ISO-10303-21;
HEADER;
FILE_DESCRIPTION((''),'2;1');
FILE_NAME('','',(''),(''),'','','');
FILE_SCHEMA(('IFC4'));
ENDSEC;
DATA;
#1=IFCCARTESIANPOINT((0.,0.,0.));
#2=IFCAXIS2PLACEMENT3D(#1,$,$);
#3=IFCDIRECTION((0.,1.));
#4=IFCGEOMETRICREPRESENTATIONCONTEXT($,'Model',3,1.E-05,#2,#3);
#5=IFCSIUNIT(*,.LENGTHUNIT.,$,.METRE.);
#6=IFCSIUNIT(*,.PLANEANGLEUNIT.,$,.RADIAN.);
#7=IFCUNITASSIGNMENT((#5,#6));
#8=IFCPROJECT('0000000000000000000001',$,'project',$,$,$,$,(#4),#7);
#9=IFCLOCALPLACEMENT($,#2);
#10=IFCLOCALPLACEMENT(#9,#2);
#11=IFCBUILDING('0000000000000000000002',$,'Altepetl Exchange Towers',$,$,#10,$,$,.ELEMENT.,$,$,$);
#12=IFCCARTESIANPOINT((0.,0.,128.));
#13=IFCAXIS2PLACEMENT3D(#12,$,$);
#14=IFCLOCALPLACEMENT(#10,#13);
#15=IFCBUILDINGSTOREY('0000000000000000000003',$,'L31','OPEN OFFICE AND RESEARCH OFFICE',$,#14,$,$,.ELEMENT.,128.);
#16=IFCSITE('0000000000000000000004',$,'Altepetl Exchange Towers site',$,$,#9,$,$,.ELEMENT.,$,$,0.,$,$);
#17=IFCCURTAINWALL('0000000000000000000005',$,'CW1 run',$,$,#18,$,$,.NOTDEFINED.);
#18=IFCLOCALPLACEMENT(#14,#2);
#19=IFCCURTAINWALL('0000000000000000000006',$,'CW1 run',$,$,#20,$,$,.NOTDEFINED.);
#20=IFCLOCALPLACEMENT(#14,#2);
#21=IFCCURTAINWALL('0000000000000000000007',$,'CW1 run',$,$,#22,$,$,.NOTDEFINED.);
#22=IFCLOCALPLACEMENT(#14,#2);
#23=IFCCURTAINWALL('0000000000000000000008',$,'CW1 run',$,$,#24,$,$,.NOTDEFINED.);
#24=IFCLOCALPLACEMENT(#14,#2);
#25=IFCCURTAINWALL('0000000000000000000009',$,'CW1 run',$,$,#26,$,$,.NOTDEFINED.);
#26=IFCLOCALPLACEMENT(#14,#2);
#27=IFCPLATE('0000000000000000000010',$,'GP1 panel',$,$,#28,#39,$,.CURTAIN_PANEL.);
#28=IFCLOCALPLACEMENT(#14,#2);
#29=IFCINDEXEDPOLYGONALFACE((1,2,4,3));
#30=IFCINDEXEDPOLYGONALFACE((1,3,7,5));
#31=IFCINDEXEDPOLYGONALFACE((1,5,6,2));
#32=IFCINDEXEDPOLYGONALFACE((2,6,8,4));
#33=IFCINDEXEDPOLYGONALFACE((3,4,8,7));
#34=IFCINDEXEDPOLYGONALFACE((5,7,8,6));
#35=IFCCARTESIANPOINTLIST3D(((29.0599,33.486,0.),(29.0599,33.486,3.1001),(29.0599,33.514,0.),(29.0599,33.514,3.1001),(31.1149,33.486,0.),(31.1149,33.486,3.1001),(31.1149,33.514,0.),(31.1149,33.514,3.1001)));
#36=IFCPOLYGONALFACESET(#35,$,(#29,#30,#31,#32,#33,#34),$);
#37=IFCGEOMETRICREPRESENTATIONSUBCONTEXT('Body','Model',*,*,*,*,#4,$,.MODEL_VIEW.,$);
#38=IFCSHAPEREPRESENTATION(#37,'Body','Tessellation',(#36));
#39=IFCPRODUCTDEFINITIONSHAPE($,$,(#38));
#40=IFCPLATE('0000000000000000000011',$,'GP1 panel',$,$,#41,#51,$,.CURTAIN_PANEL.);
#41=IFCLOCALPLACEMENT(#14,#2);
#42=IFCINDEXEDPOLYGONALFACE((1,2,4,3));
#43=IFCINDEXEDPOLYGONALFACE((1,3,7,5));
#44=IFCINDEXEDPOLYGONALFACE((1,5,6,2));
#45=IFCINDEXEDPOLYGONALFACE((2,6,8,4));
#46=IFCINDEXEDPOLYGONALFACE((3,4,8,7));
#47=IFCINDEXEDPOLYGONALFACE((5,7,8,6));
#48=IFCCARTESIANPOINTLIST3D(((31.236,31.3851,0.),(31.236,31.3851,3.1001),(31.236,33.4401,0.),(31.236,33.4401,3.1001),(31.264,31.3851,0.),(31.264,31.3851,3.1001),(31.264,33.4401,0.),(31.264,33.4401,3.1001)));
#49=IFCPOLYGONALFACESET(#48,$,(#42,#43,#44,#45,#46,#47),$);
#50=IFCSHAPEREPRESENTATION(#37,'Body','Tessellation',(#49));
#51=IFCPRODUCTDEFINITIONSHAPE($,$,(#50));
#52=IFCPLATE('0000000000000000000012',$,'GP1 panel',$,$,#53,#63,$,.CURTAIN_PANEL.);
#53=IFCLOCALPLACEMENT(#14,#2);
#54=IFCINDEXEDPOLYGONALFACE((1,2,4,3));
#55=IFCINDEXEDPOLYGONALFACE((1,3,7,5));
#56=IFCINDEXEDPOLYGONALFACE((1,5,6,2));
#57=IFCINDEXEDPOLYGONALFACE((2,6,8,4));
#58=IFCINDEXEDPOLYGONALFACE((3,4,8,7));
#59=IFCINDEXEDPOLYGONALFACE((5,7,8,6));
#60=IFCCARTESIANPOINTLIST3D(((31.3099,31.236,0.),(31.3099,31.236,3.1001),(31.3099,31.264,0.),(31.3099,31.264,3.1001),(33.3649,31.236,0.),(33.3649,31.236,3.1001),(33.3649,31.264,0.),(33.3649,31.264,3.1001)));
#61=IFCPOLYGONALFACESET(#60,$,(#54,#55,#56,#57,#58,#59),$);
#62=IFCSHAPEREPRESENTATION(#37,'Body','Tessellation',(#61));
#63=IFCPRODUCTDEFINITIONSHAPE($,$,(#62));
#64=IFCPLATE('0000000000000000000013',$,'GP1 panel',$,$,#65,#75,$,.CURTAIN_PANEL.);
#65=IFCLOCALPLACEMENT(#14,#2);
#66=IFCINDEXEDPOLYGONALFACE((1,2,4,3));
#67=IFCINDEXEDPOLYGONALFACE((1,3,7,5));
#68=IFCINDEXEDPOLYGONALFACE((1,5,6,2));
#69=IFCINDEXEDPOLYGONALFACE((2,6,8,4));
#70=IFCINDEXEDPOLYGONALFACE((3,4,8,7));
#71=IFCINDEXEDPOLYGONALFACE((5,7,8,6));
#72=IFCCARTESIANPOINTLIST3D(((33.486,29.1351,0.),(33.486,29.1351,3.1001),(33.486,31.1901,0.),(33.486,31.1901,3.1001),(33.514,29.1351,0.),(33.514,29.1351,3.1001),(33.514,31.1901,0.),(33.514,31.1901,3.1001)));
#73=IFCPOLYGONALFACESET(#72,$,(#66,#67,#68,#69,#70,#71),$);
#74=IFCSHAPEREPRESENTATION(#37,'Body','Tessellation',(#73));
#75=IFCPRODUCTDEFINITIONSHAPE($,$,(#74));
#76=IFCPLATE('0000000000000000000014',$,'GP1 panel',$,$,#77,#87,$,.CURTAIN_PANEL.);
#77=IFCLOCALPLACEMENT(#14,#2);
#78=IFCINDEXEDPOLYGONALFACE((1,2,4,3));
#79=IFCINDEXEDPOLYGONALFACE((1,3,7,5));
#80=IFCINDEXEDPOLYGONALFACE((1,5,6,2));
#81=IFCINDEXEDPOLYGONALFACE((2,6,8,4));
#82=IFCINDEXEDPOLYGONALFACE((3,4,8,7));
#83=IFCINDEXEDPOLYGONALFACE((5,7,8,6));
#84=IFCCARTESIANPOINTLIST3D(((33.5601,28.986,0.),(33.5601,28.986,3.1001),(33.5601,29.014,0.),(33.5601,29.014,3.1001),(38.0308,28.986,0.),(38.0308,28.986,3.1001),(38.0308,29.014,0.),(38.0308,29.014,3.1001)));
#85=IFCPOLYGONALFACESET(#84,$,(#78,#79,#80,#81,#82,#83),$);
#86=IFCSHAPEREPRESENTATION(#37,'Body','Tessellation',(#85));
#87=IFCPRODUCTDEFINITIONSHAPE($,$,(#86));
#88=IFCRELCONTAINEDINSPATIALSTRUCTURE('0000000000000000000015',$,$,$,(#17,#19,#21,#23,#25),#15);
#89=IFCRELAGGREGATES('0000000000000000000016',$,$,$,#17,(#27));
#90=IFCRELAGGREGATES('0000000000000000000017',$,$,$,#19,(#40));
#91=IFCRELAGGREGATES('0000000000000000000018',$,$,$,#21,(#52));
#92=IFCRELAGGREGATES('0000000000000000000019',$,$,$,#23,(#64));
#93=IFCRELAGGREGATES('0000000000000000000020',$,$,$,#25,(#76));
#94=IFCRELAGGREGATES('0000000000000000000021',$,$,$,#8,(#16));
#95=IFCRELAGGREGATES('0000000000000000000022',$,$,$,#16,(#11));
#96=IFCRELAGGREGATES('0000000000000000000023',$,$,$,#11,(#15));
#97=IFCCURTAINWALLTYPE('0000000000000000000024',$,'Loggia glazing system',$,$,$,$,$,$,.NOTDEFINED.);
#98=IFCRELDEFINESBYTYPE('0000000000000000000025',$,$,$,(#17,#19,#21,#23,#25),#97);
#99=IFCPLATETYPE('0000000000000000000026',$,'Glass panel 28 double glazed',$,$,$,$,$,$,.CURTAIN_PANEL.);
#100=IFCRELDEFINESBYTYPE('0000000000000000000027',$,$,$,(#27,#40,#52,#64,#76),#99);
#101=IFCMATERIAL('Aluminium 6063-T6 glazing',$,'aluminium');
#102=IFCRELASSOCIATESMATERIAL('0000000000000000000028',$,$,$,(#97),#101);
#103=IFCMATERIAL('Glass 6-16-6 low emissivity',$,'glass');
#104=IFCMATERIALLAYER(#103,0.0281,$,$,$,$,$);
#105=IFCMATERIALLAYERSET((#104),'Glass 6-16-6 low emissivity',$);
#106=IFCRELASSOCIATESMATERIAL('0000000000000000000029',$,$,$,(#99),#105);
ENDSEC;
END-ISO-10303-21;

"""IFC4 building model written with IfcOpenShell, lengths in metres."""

from ifc_helpers import new_model, si_unit, direction, frame, origin, origin_2d, place, context, subcontext, project, spatial, rectangle, extrude, material, layer, layer_set, type_object, element, aggregate, save


model = new_model("IFC4")

# Units and contexts
model_context = context("Model", 3, precision=1e-05, world=origin(), true_north=direction((0.0, 1.0)))
body_context = subcontext(model_context, "Body", "Model", "MODEL_VIEW")
ifc_project = project(units=[si_unit("LENGTHUNIT", "METRE"), si_unit("PLANEANGLEUNIT", "RADIAN")], contexts=[model_context])

# Site, building, storey
site_placement = place(None, origin())
site = spatial("IfcSite", under=ifc_project, at=site_placement, Name="Altepetl Exchange Towers site", CompositionType="ELEMENT", RefElevation=0.0)
building_placement = place(site_placement, origin())
building = spatial("IfcBuilding", under=site, at=building_placement, Name="Altepetl Exchange Towers", CompositionType="ELEMENT")
storey_placement = place(building_placement, frame((0.0, 0.0, 128.0)))
storey = spatial("IfcBuildingStorey", under=building, at=storey_placement, Name="L31", Description="OPEN OFFICE AND RESEARCH OFFICE", CompositionType="ELEMENT", Elevation=128.0)

# Curtain walls
ifc_material_1 = material(Name="Aluminium 6063-T6 glazing", Category="aluminium")
curtain_wall_type = type_object("IfcCurtainWallType", Name="Loggia glazing system", PredefinedType="NOTDEFINED", material=ifc_material_1)
curtain_wall_1_placement = place(storey_placement, origin())
curtain_wall_1 = element("IfcCurtainWall", 1, at=curtain_wall_1_placement, inside=storey, type_object=curtain_wall_type, Name="CW1 run", PredefinedType="NOTDEFINED")
curtain_wall_2_placement = place(storey_placement, origin())
curtain_wall_2 = element("IfcCurtainWall", 2, at=curtain_wall_2_placement, inside=storey, type_object=curtain_wall_type, Name="CW1 run", PredefinedType="NOTDEFINED")
curtain_wall_3_placement = place(storey_placement, origin())
curtain_wall_3 = element("IfcCurtainWall", 3, at=curtain_wall_3_placement, inside=storey, type_object=curtain_wall_type, Name="CW1 run", PredefinedType="NOTDEFINED")
curtain_wall_4_placement = place(storey_placement, origin())
curtain_wall_4 = element("IfcCurtainWall", 4, at=curtain_wall_4_placement, inside=storey, type_object=curtain_wall_type, Name="CW1 run", PredefinedType="NOTDEFINED")

# Curtain wall
curtain_wall_5_placement = place(storey_placement, origin())
curtain_wall_5 = element("IfcCurtainWall", 5, at=curtain_wall_5_placement, inside=storey, type_object=curtain_wall_type, Name="CW1 run", PredefinedType="NOTDEFINED")

# Plates
ifc_material_2 = material(Name="Glass 6-16-6 low emissivity", Category="glass")
ifc_layer = layer(ifc_material_2, 0.0281)
ifc_layer_set = layer_set([ifc_layer], Name="Glass 6-16-6 low emissivity")
plate_type = type_object("IfcPlateType", Name="Glass panel 28 double glazed", PredefinedType="CURTAIN_PANEL", material=ifc_layer_set)
plate_1_placement = place(storey_placement, frame((30.0874, 33.5, 0.0)))
plate_1 = element("IfcPlate", 6, at=plate_1_placement, type_object=plate_type, Name="GP1 panel", PredefinedType="CURTAIN_PANEL", context=body_context, shape_type="SweptSolid", body=[
    extrude(rectangle(XDim=2.0549, YDim=0.0281, at=origin_2d()), origin(), (0.0, 0.0, 1.0), 3.1001),
])
aggregate(curtain_wall_1, [plate_1])
plate_2_placement = place(storey_placement, frame((31.25, 32.4126, 0.0), z_axis=(0.0, 0.0, 1.0), x_axis=(0.0, -1.0, 0.0)))
plate_2 = element("IfcPlate", 7, at=plate_2_placement, type_object=plate_type, Name="GP1 panel", PredefinedType="CURTAIN_PANEL", context=body_context, shape_type="SweptSolid", body=[
    extrude(rectangle(XDim=2.0549, YDim=0.0281, at=origin_2d()), origin(), (0.0, 0.0, 1.0), 3.1001),
])
aggregate(curtain_wall_2, [plate_2])
plate_3_placement = place(storey_placement, frame((32.3374, 31.25, 0.0)))
plate_3 = element("IfcPlate", 8, at=plate_3_placement, type_object=plate_type, Name="GP1 panel", PredefinedType="CURTAIN_PANEL", context=body_context, shape_type="SweptSolid", body=[
    extrude(rectangle(XDim=2.0549, YDim=0.0281, at=origin_2d()), origin(), (0.0, 0.0, 1.0), 3.1001),
])
aggregate(curtain_wall_3, [plate_3])
plate_4_placement = place(storey_placement, frame((33.5, 30.1626, 0.0), z_axis=(0.0, 0.0, 1.0), x_axis=(0.0, -1.0, 0.0)))
plate_4 = element("IfcPlate", 9, at=plate_4_placement, type_object=plate_type, Name="GP1 panel", PredefinedType="CURTAIN_PANEL", context=body_context, shape_type="SweptSolid", body=[
    extrude(rectangle(XDim=2.0549, YDim=0.0281, at=origin_2d()), origin(), (0.0, 0.0, 1.0), 3.1001),
])
aggregate(curtain_wall_4, [plate_4])
plate_5_placement = place(storey_placement, frame((35.7954, 29.0, 0.0)))
plate_5 = element("IfcPlate", 10, at=plate_5_placement, type_object=plate_type, Name="GP1 panel", PredefinedType="CURTAIN_PANEL", context=body_context, shape_type="SweptSolid", body=[
    extrude(rectangle(XDim=4.4707, YDim=0.0281, at=origin_2d()), origin(), (0.0, 0.0, 1.0), 3.1001),
])
aggregate(curtain_wall_5, [plate_5])

save(model, "model.ifc")
